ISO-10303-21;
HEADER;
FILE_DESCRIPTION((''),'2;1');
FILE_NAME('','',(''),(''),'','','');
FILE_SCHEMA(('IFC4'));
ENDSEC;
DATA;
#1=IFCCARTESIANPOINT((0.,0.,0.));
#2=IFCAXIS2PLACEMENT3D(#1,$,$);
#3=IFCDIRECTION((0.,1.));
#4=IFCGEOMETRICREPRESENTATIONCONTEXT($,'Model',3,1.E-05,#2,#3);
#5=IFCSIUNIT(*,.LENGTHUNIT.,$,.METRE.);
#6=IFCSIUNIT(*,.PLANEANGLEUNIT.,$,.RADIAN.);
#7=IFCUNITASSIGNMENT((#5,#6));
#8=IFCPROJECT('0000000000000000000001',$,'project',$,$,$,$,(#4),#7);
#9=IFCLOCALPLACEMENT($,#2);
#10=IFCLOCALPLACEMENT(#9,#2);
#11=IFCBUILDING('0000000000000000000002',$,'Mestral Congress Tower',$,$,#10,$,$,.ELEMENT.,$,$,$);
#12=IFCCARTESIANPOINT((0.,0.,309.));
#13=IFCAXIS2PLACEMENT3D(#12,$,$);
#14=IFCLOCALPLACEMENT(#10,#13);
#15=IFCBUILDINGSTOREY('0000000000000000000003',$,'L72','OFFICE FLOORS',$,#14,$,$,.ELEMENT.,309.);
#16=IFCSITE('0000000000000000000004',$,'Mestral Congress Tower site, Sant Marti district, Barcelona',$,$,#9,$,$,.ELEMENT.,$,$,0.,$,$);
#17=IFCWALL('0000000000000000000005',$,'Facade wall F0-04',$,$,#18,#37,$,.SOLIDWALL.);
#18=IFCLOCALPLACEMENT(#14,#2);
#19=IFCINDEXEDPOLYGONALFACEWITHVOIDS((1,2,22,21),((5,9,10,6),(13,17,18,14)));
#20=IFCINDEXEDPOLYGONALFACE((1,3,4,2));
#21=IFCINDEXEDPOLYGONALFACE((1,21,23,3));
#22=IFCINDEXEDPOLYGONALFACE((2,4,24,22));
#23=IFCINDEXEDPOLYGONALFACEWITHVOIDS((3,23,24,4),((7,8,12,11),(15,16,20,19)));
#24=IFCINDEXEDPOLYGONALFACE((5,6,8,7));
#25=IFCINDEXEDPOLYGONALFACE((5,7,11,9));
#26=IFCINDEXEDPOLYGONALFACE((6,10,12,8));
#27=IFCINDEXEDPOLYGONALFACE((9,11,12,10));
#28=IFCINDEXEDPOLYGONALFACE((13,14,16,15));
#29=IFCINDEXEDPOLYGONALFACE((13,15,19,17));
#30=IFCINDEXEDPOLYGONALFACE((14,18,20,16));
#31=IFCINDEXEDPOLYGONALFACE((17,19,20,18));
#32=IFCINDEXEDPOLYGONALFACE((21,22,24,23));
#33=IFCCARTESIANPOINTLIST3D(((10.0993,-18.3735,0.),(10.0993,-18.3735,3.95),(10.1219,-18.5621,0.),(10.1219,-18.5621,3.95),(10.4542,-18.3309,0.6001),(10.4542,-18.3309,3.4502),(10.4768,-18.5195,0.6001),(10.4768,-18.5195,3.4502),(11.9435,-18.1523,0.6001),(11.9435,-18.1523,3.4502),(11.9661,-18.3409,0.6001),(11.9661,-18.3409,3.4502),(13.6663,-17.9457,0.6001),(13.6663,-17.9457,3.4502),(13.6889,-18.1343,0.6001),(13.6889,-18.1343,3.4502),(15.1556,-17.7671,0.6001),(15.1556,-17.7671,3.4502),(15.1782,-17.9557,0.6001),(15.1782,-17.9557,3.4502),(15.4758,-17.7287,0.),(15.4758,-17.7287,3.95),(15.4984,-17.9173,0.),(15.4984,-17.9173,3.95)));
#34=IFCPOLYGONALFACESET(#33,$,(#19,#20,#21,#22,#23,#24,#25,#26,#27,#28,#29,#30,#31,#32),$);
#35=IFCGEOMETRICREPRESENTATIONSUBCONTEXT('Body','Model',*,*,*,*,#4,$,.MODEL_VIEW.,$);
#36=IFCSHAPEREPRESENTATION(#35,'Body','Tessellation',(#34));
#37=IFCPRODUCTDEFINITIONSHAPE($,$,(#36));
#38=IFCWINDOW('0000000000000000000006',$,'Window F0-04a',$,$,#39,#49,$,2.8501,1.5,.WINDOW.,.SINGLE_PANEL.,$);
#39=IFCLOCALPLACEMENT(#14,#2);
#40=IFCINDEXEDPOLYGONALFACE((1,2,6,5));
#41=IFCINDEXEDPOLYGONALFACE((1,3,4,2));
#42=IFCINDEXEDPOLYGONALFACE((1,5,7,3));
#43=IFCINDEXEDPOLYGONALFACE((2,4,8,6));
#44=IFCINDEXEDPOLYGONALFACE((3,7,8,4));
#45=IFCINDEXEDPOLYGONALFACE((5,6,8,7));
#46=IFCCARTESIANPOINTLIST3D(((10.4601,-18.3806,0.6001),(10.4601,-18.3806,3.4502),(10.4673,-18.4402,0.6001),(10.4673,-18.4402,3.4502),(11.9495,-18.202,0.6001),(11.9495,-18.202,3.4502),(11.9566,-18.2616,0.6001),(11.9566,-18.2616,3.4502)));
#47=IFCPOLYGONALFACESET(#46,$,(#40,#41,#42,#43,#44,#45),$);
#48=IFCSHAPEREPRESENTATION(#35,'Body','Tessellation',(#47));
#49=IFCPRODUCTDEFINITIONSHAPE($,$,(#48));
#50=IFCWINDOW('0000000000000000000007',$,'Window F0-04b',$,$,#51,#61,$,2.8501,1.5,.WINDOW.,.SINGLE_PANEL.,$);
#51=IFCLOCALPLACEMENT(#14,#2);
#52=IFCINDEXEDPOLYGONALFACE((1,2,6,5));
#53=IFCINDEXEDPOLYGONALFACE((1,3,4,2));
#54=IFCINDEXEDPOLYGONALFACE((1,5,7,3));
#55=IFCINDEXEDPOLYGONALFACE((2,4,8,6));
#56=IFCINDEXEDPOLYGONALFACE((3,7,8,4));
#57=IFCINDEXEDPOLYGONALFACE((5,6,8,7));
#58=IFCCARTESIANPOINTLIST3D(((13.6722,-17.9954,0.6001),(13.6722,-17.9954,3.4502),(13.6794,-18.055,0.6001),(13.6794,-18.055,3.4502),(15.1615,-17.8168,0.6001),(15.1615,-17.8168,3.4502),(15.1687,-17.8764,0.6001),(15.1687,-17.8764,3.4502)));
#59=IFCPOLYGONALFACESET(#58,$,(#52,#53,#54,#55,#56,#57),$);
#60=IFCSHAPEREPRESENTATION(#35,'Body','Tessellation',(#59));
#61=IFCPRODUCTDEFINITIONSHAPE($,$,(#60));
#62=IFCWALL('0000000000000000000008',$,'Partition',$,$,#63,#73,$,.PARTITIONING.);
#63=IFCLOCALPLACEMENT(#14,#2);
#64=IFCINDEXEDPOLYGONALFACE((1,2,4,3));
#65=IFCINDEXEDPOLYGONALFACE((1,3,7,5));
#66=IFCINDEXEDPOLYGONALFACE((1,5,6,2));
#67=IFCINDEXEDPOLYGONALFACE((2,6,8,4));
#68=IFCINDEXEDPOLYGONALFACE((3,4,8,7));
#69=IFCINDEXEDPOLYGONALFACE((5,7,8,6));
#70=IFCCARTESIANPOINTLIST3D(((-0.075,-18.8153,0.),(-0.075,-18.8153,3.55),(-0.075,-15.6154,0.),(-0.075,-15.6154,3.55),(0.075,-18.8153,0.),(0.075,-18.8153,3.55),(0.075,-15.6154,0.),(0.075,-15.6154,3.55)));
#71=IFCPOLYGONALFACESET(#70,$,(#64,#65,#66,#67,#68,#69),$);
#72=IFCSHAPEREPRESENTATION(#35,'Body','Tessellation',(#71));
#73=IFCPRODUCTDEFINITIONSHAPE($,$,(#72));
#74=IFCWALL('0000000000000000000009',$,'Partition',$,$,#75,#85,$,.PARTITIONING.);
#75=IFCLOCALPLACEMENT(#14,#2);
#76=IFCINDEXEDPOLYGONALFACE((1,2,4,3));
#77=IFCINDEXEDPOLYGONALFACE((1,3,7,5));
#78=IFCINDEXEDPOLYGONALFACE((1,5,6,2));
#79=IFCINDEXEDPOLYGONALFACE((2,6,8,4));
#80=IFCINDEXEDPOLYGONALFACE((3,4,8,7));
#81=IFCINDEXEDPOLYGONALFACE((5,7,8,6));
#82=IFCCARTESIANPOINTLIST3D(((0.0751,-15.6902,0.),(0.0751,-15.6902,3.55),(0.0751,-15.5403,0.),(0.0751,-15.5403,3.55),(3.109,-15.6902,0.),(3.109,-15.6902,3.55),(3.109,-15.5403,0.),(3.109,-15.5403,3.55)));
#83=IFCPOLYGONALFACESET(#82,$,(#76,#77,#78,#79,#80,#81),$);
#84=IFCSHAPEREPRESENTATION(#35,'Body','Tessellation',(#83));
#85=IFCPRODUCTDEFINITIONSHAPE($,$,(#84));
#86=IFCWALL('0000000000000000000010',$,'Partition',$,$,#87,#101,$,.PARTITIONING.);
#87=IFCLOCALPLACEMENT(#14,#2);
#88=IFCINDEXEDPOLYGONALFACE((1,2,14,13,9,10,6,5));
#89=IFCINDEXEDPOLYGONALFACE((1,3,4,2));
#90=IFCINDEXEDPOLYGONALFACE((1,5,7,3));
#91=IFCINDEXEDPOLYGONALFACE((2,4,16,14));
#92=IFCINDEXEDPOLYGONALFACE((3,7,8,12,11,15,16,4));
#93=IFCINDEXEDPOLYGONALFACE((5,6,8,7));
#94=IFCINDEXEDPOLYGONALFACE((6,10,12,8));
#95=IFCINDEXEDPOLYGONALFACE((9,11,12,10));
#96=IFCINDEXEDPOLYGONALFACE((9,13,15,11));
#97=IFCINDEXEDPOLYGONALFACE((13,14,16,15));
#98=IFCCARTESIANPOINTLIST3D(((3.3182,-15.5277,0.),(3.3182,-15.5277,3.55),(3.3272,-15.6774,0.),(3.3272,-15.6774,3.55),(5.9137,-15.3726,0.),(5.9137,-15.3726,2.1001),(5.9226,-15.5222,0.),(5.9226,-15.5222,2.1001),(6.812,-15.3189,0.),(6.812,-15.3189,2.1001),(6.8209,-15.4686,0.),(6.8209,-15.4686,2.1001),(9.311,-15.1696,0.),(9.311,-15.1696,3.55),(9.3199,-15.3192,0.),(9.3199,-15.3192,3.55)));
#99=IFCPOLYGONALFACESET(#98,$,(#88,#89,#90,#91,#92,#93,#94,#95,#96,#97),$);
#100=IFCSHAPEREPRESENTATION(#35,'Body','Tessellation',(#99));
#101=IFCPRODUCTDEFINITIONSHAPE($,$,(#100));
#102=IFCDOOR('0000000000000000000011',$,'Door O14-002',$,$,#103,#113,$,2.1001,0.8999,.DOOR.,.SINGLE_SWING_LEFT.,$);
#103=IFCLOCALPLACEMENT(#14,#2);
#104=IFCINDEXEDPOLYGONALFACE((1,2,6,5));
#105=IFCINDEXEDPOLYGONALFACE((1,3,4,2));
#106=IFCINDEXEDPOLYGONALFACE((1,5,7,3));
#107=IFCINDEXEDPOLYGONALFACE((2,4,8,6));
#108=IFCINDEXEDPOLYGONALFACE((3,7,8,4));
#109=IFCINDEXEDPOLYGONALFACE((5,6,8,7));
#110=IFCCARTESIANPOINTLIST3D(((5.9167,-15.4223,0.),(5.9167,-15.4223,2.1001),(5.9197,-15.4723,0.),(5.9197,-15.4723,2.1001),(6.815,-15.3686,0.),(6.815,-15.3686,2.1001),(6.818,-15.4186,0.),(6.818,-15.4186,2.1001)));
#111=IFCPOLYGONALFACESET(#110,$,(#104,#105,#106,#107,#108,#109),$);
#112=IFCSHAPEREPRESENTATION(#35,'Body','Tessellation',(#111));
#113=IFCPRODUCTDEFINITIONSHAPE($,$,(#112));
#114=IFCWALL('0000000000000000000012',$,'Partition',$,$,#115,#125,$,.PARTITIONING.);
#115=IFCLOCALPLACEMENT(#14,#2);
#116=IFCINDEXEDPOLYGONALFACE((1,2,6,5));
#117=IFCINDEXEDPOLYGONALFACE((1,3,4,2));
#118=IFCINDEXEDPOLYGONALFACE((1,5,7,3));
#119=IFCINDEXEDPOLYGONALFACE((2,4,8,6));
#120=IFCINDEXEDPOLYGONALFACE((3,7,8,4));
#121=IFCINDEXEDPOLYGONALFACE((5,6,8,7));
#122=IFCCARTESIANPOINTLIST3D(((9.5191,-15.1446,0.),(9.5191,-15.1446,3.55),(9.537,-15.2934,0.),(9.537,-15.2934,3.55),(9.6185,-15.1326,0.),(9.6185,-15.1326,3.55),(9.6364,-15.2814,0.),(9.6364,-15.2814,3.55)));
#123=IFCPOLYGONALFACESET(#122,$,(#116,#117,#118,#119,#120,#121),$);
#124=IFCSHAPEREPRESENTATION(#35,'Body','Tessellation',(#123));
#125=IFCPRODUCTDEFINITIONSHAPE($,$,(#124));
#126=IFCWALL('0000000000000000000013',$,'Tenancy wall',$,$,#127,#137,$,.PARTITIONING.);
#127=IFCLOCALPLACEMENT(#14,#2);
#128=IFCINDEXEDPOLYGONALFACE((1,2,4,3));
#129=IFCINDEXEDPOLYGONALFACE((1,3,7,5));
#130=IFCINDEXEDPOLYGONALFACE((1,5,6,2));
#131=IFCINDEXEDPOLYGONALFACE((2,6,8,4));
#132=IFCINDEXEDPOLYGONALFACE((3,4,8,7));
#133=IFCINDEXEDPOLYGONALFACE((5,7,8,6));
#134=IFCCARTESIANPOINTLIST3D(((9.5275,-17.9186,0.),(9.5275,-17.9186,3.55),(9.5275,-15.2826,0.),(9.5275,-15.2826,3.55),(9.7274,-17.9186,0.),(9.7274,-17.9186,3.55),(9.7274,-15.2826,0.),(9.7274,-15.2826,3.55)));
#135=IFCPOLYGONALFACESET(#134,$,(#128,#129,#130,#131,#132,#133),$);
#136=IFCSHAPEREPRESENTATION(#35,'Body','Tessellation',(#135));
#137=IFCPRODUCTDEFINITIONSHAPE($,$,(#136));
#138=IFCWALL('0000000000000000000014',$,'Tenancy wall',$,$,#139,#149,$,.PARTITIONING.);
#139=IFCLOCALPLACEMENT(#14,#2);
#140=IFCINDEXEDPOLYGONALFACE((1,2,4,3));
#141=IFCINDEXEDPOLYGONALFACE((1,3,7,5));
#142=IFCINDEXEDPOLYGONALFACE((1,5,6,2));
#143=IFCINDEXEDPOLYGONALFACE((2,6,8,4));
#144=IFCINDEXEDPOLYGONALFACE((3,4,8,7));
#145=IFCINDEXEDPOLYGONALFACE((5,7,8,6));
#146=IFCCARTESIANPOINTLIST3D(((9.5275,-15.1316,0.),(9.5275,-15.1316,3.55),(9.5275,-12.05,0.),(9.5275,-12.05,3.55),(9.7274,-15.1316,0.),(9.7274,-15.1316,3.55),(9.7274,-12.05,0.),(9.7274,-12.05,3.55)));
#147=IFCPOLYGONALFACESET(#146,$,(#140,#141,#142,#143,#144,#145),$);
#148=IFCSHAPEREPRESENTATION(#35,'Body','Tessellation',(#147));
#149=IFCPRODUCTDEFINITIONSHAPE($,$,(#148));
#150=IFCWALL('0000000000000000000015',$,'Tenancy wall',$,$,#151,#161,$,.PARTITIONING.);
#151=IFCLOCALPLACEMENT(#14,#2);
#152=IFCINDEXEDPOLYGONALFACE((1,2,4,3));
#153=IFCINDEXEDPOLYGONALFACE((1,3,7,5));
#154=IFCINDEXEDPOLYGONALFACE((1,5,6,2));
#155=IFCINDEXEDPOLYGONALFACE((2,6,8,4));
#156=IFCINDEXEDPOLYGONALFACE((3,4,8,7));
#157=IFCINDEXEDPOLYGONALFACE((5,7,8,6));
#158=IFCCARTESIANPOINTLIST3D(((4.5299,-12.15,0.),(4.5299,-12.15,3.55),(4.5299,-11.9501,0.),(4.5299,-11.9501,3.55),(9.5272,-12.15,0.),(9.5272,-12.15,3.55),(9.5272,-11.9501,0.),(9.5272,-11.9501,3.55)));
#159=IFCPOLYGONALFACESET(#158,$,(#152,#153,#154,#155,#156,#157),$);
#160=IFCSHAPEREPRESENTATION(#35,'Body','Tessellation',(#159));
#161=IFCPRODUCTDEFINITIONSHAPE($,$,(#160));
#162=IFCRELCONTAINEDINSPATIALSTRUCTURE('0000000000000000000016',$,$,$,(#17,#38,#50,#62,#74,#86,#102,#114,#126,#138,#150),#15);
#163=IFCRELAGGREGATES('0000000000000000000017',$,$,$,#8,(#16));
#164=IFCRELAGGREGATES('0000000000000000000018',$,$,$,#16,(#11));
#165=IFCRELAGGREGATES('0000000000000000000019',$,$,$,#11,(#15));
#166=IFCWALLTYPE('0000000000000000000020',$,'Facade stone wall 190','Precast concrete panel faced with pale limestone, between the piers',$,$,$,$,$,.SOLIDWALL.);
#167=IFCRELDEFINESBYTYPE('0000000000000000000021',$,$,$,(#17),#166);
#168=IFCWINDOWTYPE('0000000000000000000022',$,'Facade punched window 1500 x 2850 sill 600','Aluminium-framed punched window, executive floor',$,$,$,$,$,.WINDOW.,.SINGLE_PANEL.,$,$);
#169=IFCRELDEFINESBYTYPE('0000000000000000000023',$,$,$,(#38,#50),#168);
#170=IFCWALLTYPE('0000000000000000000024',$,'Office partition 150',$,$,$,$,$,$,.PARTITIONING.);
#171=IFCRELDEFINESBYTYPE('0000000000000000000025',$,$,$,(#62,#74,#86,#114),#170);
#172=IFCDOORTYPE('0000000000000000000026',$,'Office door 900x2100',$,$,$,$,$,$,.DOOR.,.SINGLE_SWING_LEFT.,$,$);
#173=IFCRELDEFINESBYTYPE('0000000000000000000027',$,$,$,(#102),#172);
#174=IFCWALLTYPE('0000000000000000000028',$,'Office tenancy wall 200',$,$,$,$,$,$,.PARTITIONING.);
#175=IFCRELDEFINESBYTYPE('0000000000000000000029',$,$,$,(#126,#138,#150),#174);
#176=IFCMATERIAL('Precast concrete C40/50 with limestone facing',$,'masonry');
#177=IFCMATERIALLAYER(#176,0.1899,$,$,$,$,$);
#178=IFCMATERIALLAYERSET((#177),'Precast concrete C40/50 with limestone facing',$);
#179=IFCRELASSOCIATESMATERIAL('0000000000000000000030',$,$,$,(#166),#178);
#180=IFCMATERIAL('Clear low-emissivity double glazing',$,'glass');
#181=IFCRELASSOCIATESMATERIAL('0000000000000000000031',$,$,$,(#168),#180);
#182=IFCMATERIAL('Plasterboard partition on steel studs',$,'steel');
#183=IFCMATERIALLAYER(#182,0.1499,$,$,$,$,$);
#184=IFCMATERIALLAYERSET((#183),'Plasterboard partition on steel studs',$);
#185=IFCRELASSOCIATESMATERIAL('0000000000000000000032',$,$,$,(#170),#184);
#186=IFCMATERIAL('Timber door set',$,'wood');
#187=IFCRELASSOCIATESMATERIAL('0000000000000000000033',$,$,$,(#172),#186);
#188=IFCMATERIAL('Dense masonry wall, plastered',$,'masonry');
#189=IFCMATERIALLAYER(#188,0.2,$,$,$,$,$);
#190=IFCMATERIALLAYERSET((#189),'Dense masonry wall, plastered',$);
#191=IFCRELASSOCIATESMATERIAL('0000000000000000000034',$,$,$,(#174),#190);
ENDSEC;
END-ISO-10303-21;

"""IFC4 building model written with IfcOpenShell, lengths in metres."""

from ifc_helpers import new_model, si_unit, direction, frame, frame_2d, origin, place, context, subcontext, project, spatial, rectangle, extrude, material, layer, layer_set, type_object, element, fill, save


model = new_model("IFC4")

# Units and contexts
model_context = context("Model", 3, precision=1e-05, world=origin(), true_north=direction((0.0, 1.0)))
body_context = subcontext(model_context, "Body", "Model", "MODEL_VIEW")
ifc_project = project(units=[si_unit("LENGTHUNIT", "METRE"), si_unit("PLANEANGLEUNIT", "RADIAN")], contexts=[model_context])

# Site, building, storey
site_placement = place(None, origin())
site = spatial("IfcSite", under=ifc_project, at=site_placement, Name="Mestral Congress Tower site, Sant Marti district, Barcelona", CompositionType="ELEMENT", RefElevation=0.0)
building_placement = place(site_placement, origin())
building = spatial("IfcBuilding", under=site, at=building_placement, Name="Mestral Congress Tower", CompositionType="ELEMENT")
storey_placement = place(building_placement, frame((0.0, 0.0, 309.0)))
storey = spatial("IfcBuildingStorey", under=building, at=storey_placement, Name="L72", Description="OFFICE FLOORS", CompositionType="ELEMENT", Elevation=309.0)

# Wall, openings, windows
ifc_material_1 = material(Name="Precast concrete C40/50 with limestone facing", Category="masonry")
ifc_layer_1 = layer(ifc_material_1, 0.1899)
ifc_layer_set_1 = layer_set([ifc_layer_1], Name="Precast concrete C40/50 with limestone facing")
wall_type_1 = type_object("IfcWallType", Name="Facade stone wall 190", Description="Precast concrete panel faced with pale limestone, between the piers", PredefinedType="SOLIDWALL", material=ifc_layer_set_1)
ifc_material_2 = material(Name="Clear low-emissivity double glazing", Category="glass")
window_type = type_object("IfcWindowType", Name="Facade punched window 1500 x 2850 sill 600", Description="Aluminium-framed punched window, executive floor", PartitioningType="SINGLE_PANEL", PredefinedType="WINDOW", material=ifc_material_2)
wall_1_placement = place(storey_placement, frame((10.1106, -18.4678, 0.0), z_axis=(0.0, 0.0, 1.0), x_axis=(0.992886, 0.119072, 0.0)))
wall_1 = element("IfcWall", 1, at=wall_1_placement, inside=storey, type_object=wall_type_1, Name="Facade wall F0-04", PredefinedType="SOLIDWALL", context=body_context, shape_type="SweptSolid", body=[
    extrude(rectangle(XDim=5.415, YDim=0.1899, at=frame_2d((2.7075, 0.0))), origin(), (0.0, 0.0, 1.0), 3.95),
])
opening_1_placement = place(wall_1_placement, frame((0.3574, 0.0, 0.6001)))
opening_1 = element("IfcOpeningElement", 2, at=opening_1_placement, cuts=wall_1, PredefinedType="OPENING", context=body_context, shape_type="SweptSolid", body=[
    extrude(rectangle(XDim=1.5, YDim=2.8501, at=frame_2d((0.75, 1.425))), frame((0.0, 0.105, 0.0), z_axis=(0.0, -1.0, 0.0), x_axis=(1.0, 0.0, 0.0)), (0.0, 0.0, 1.0), 0.21),
])
opening_2_placement = place(wall_1_placement, frame((3.5925, 0.0, 0.6001)))
opening_2 = element("IfcOpeningElement", 3, at=opening_2_placement, cuts=wall_1, PredefinedType="OPENING", context=body_context, shape_type="SweptSolid", body=[
    extrude(rectangle(XDim=1.5, YDim=2.8501, at=frame_2d((0.75, 1.425))), frame((0.0, 0.105, 0.0), z_axis=(0.0, -1.0, 0.0), x_axis=(1.0, 0.0, 0.0)), (0.0, 0.0, 1.0), 0.21),
])
window_1_placement = place(opening_1_placement, origin())
window_1 = element("IfcWindow", 4, at=window_1_placement, inside=storey, type_object=window_type, Name="Window F0-04a", OverallHeight=2.8501, OverallWidth=1.5, PartitioningType="SINGLE_PANEL", PredefinedType="WINDOW", context=body_context, shape_type="SweptSolid", body=[
    extrude(rectangle(XDim=1.5, YDim=2.8501, at=frame_2d((0.75, 1.425))), frame((0.0, 0.0449, 0.0), z_axis=(0.0, -1.0, 0.0), x_axis=(1.0, 0.0, 0.0)), (0.0, 0.0, 1.0), 0.0601),
])
fill(opening_1, window_1)
window_2_placement = place(opening_2_placement, origin())
window_2 = element("IfcWindow", 5, at=window_2_placement, inside=storey, type_object=window_type, Name="Window F0-04b", OverallHeight=2.8501, OverallWidth=1.5, PartitioningType="SINGLE_PANEL", PredefinedType="WINDOW", context=body_context, shape_type="SweptSolid", body=[
    extrude(rectangle(XDim=1.5, YDim=2.8501, at=frame_2d((0.75, 1.425))), frame((0.0, 0.0449, 0.0), z_axis=(0.0, -1.0, 0.0), x_axis=(1.0, 0.0, 0.0)), (0.0, 0.0, 1.0), 0.0601),
])
fill(opening_2, window_2)

# Walls
ifc_material_3 = material(Name="Plasterboard partition on steel studs", Category="steel")
ifc_layer_2 = layer(ifc_material_3, 0.1499)
ifc_layer_set_2 = layer_set([ifc_layer_2], Name="Plasterboard partition on steel studs")
wall_type_2 = type_object("IfcWallType", Name="Office partition 150", PredefinedType="PARTITIONING", material=ifc_layer_set_2)
wall_2_placement = place(storey_placement, frame((0.0, -15.6152, 0.0), z_axis=(0.0, 0.0, 1.0), x_axis=(0.0, -1.0, 0.0)))
element("IfcWall", 6, at=wall_2_placement, inside=storey, type_object=wall_type_2, Name="Partition", PredefinedType="PARTITIONING", context=body_context, shape_type="SweptSolid", body=[
    extrude(rectangle(XDim=3.2, YDim=0.1499, at=frame_2d((1.6001, 0.0))), origin(), (0.0, 0.0, 1.0), 3.55),
])
wall_3_placement = place(storey_placement, frame((0.075, -15.6152, 0.0), z_axis=(0.0, 0.0, 1.0), x_axis=(1.0, 0.0, 0.0)))
element("IfcWall", 7, at=wall_3_placement, inside=storey, type_object=wall_type_2, Name="Partition", PredefinedType="PARTITIONING", context=body_context, shape_type="SweptSolid", body=[
    extrude(rectangle(XDim=3.0339, YDim=0.1499, at=frame_2d((1.5171, 0.0))), origin(), (0.0, 0.0, 1.0), 3.55),
])

# Wall, opening, door
wall_4_placement = place(storey_placement, frame((9.3154, -15.2444, 0.0), z_axis=(0.0, 0.0, 1.0), x_axis=(-0.998219, -0.059659, 0.0)))
wall_4 = element("IfcWall", 8, at=wall_4_placement, inside=storey, type_object=wall_type_2, Name="Partition", PredefinedType="PARTITIONING", context=body_context, shape_type="SweptSolid", body=[
    extrude(rectangle(XDim=6.0034, YDim=0.1499, at=frame_2d((3.0017, 0.0))), origin(), (0.0, 0.0, 1.0), 3.55),
])
opening_3_placement = place(wall_4_placement, frame((2.5034, 0.0, 0.0)))
opening_3 = element("IfcOpeningElement", 9, at=opening_3_placement, cuts=wall_4, PredefinedType="OPENING", context=body_context, shape_type="SweptSolid", body=[
    extrude(rectangle(XDim=0.8999, YDim=2.1001, at=frame_2d((0.45, 1.05))), frame((0.0, 0.085, 0.0), z_axis=(0.0, -1.0, 0.0), x_axis=(1.0, 0.0, 0.0)), (0.0, 0.0, 1.0), 0.1699),
])
ifc_material_4 = material(Name="Timber door set", Category="wood")
door_type_1 = type_object("IfcDoorType", Name="Office door 900x2100", OperationType="SINGLE_SWING_LEFT", PredefinedType="DOOR", material=ifc_material_4)
door_1_placement = place(opening_3_placement, origin())
door_1 = element("IfcDoor", 10, at=door_1_placement, inside=storey, type_object=door_type_1, Name="Door O14-002", OperationType="SINGLE_SWING_LEFT", OverallHeight=2.1001, OverallWidth=0.8999, PredefinedType="DOOR", context=body_context, shape_type="SweptSolid", body=[
    extrude(rectangle(XDim=0.8999, YDim=2.1001, at=frame_2d((0.45, 1.05))), frame((0.0, 0.0249, 0.0), z_axis=(0.0, -1.0, 0.0), x_axis=(1.0, 0.0, 0.0)), (0.0, 0.0, 1.0), 0.05),
])
fill(opening_3, door_1)

# Walls
wall_5_placement = place(storey_placement, frame((9.5281, -15.219, 0.0), z_axis=(0.0, 0.0, 1.0), x_axis=(0.992831, 0.11953, 0.0)))
element("IfcWall", 11, at=wall_5_placement, inside=storey, type_object=wall_type_2, Name="Partition", PredefinedType="PARTITIONING", context=body_context, shape_type="SweptSolid", body=[
    extrude(rectangle(XDim=0.1001, YDim=0.1499, at=frame_2d((0.05, 0.0))), origin(), (0.0, 0.0, 1.0), 3.55),
])
ifc_material_5 = material(Name="Dense masonry wall, plastered", Category="masonry")
ifc_layer_3 = layer(ifc_material_5, 0.2)
ifc_layer_set_3 = layer_set([ifc_layer_3], Name="Dense masonry wall, plastered")
wall_type_3 = type_object("IfcWallType", Name="Office tenancy wall 200", PredefinedType="PARTITIONING", material=ifc_layer_set_3)
wall_6_placement = place(storey_placement, frame((9.6274, -15.2827, 0.0), z_axis=(0.0, 0.0, 1.0), x_axis=(0.0, -1.0, 0.0)))
element("IfcWall", 12, at=wall_6_placement, inside=storey, type_object=wall_type_3, Name="Tenancy wall", PredefinedType="PARTITIONING", context=body_context, shape_type="SweptSolid", body=[
    extrude(rectangle(XDim=2.636, YDim=0.2, at=frame_2d((1.3179, 0.0))), origin(), (0.0, 0.0, 1.0), 3.55),
])
wall_7_placement = place(storey_placement, frame((9.6274, -12.05, 0.0), z_axis=(0.0, 0.0, 1.0), x_axis=(0.0, -1.0, 0.0)))
element("IfcWall", 13, at=wall_7_placement, inside=storey, type_object=wall_type_3, Name="Tenancy wall", PredefinedType="PARTITIONING", context=body_context, shape_type="SweptSolid", body=[
    extrude(rectangle(XDim=3.0815, YDim=0.2, at=frame_2d((1.5408, 0.0))), origin(), (0.0, 0.0, 1.0), 3.55),
])
wall_8_placement = place(storey_placement, frame((4.53, -12.05, 0.0), z_axis=(0.0, 0.0, 1.0), x_axis=(1.0, 0.0, 0.0)))
element("IfcWall", 14, at=wall_8_placement, inside=storey, type_object=wall_type_3, Name="Tenancy wall", PredefinedType="PARTITIONING", context=body_context, shape_type="SweptSolid", body=[
    extrude(rectangle(XDim=4.9973, YDim=0.2, at=frame_2d((2.4985, 0.0))), origin(), (0.0, 0.0, 1.0), 3.55),
])

save(model, "model.ifc")
